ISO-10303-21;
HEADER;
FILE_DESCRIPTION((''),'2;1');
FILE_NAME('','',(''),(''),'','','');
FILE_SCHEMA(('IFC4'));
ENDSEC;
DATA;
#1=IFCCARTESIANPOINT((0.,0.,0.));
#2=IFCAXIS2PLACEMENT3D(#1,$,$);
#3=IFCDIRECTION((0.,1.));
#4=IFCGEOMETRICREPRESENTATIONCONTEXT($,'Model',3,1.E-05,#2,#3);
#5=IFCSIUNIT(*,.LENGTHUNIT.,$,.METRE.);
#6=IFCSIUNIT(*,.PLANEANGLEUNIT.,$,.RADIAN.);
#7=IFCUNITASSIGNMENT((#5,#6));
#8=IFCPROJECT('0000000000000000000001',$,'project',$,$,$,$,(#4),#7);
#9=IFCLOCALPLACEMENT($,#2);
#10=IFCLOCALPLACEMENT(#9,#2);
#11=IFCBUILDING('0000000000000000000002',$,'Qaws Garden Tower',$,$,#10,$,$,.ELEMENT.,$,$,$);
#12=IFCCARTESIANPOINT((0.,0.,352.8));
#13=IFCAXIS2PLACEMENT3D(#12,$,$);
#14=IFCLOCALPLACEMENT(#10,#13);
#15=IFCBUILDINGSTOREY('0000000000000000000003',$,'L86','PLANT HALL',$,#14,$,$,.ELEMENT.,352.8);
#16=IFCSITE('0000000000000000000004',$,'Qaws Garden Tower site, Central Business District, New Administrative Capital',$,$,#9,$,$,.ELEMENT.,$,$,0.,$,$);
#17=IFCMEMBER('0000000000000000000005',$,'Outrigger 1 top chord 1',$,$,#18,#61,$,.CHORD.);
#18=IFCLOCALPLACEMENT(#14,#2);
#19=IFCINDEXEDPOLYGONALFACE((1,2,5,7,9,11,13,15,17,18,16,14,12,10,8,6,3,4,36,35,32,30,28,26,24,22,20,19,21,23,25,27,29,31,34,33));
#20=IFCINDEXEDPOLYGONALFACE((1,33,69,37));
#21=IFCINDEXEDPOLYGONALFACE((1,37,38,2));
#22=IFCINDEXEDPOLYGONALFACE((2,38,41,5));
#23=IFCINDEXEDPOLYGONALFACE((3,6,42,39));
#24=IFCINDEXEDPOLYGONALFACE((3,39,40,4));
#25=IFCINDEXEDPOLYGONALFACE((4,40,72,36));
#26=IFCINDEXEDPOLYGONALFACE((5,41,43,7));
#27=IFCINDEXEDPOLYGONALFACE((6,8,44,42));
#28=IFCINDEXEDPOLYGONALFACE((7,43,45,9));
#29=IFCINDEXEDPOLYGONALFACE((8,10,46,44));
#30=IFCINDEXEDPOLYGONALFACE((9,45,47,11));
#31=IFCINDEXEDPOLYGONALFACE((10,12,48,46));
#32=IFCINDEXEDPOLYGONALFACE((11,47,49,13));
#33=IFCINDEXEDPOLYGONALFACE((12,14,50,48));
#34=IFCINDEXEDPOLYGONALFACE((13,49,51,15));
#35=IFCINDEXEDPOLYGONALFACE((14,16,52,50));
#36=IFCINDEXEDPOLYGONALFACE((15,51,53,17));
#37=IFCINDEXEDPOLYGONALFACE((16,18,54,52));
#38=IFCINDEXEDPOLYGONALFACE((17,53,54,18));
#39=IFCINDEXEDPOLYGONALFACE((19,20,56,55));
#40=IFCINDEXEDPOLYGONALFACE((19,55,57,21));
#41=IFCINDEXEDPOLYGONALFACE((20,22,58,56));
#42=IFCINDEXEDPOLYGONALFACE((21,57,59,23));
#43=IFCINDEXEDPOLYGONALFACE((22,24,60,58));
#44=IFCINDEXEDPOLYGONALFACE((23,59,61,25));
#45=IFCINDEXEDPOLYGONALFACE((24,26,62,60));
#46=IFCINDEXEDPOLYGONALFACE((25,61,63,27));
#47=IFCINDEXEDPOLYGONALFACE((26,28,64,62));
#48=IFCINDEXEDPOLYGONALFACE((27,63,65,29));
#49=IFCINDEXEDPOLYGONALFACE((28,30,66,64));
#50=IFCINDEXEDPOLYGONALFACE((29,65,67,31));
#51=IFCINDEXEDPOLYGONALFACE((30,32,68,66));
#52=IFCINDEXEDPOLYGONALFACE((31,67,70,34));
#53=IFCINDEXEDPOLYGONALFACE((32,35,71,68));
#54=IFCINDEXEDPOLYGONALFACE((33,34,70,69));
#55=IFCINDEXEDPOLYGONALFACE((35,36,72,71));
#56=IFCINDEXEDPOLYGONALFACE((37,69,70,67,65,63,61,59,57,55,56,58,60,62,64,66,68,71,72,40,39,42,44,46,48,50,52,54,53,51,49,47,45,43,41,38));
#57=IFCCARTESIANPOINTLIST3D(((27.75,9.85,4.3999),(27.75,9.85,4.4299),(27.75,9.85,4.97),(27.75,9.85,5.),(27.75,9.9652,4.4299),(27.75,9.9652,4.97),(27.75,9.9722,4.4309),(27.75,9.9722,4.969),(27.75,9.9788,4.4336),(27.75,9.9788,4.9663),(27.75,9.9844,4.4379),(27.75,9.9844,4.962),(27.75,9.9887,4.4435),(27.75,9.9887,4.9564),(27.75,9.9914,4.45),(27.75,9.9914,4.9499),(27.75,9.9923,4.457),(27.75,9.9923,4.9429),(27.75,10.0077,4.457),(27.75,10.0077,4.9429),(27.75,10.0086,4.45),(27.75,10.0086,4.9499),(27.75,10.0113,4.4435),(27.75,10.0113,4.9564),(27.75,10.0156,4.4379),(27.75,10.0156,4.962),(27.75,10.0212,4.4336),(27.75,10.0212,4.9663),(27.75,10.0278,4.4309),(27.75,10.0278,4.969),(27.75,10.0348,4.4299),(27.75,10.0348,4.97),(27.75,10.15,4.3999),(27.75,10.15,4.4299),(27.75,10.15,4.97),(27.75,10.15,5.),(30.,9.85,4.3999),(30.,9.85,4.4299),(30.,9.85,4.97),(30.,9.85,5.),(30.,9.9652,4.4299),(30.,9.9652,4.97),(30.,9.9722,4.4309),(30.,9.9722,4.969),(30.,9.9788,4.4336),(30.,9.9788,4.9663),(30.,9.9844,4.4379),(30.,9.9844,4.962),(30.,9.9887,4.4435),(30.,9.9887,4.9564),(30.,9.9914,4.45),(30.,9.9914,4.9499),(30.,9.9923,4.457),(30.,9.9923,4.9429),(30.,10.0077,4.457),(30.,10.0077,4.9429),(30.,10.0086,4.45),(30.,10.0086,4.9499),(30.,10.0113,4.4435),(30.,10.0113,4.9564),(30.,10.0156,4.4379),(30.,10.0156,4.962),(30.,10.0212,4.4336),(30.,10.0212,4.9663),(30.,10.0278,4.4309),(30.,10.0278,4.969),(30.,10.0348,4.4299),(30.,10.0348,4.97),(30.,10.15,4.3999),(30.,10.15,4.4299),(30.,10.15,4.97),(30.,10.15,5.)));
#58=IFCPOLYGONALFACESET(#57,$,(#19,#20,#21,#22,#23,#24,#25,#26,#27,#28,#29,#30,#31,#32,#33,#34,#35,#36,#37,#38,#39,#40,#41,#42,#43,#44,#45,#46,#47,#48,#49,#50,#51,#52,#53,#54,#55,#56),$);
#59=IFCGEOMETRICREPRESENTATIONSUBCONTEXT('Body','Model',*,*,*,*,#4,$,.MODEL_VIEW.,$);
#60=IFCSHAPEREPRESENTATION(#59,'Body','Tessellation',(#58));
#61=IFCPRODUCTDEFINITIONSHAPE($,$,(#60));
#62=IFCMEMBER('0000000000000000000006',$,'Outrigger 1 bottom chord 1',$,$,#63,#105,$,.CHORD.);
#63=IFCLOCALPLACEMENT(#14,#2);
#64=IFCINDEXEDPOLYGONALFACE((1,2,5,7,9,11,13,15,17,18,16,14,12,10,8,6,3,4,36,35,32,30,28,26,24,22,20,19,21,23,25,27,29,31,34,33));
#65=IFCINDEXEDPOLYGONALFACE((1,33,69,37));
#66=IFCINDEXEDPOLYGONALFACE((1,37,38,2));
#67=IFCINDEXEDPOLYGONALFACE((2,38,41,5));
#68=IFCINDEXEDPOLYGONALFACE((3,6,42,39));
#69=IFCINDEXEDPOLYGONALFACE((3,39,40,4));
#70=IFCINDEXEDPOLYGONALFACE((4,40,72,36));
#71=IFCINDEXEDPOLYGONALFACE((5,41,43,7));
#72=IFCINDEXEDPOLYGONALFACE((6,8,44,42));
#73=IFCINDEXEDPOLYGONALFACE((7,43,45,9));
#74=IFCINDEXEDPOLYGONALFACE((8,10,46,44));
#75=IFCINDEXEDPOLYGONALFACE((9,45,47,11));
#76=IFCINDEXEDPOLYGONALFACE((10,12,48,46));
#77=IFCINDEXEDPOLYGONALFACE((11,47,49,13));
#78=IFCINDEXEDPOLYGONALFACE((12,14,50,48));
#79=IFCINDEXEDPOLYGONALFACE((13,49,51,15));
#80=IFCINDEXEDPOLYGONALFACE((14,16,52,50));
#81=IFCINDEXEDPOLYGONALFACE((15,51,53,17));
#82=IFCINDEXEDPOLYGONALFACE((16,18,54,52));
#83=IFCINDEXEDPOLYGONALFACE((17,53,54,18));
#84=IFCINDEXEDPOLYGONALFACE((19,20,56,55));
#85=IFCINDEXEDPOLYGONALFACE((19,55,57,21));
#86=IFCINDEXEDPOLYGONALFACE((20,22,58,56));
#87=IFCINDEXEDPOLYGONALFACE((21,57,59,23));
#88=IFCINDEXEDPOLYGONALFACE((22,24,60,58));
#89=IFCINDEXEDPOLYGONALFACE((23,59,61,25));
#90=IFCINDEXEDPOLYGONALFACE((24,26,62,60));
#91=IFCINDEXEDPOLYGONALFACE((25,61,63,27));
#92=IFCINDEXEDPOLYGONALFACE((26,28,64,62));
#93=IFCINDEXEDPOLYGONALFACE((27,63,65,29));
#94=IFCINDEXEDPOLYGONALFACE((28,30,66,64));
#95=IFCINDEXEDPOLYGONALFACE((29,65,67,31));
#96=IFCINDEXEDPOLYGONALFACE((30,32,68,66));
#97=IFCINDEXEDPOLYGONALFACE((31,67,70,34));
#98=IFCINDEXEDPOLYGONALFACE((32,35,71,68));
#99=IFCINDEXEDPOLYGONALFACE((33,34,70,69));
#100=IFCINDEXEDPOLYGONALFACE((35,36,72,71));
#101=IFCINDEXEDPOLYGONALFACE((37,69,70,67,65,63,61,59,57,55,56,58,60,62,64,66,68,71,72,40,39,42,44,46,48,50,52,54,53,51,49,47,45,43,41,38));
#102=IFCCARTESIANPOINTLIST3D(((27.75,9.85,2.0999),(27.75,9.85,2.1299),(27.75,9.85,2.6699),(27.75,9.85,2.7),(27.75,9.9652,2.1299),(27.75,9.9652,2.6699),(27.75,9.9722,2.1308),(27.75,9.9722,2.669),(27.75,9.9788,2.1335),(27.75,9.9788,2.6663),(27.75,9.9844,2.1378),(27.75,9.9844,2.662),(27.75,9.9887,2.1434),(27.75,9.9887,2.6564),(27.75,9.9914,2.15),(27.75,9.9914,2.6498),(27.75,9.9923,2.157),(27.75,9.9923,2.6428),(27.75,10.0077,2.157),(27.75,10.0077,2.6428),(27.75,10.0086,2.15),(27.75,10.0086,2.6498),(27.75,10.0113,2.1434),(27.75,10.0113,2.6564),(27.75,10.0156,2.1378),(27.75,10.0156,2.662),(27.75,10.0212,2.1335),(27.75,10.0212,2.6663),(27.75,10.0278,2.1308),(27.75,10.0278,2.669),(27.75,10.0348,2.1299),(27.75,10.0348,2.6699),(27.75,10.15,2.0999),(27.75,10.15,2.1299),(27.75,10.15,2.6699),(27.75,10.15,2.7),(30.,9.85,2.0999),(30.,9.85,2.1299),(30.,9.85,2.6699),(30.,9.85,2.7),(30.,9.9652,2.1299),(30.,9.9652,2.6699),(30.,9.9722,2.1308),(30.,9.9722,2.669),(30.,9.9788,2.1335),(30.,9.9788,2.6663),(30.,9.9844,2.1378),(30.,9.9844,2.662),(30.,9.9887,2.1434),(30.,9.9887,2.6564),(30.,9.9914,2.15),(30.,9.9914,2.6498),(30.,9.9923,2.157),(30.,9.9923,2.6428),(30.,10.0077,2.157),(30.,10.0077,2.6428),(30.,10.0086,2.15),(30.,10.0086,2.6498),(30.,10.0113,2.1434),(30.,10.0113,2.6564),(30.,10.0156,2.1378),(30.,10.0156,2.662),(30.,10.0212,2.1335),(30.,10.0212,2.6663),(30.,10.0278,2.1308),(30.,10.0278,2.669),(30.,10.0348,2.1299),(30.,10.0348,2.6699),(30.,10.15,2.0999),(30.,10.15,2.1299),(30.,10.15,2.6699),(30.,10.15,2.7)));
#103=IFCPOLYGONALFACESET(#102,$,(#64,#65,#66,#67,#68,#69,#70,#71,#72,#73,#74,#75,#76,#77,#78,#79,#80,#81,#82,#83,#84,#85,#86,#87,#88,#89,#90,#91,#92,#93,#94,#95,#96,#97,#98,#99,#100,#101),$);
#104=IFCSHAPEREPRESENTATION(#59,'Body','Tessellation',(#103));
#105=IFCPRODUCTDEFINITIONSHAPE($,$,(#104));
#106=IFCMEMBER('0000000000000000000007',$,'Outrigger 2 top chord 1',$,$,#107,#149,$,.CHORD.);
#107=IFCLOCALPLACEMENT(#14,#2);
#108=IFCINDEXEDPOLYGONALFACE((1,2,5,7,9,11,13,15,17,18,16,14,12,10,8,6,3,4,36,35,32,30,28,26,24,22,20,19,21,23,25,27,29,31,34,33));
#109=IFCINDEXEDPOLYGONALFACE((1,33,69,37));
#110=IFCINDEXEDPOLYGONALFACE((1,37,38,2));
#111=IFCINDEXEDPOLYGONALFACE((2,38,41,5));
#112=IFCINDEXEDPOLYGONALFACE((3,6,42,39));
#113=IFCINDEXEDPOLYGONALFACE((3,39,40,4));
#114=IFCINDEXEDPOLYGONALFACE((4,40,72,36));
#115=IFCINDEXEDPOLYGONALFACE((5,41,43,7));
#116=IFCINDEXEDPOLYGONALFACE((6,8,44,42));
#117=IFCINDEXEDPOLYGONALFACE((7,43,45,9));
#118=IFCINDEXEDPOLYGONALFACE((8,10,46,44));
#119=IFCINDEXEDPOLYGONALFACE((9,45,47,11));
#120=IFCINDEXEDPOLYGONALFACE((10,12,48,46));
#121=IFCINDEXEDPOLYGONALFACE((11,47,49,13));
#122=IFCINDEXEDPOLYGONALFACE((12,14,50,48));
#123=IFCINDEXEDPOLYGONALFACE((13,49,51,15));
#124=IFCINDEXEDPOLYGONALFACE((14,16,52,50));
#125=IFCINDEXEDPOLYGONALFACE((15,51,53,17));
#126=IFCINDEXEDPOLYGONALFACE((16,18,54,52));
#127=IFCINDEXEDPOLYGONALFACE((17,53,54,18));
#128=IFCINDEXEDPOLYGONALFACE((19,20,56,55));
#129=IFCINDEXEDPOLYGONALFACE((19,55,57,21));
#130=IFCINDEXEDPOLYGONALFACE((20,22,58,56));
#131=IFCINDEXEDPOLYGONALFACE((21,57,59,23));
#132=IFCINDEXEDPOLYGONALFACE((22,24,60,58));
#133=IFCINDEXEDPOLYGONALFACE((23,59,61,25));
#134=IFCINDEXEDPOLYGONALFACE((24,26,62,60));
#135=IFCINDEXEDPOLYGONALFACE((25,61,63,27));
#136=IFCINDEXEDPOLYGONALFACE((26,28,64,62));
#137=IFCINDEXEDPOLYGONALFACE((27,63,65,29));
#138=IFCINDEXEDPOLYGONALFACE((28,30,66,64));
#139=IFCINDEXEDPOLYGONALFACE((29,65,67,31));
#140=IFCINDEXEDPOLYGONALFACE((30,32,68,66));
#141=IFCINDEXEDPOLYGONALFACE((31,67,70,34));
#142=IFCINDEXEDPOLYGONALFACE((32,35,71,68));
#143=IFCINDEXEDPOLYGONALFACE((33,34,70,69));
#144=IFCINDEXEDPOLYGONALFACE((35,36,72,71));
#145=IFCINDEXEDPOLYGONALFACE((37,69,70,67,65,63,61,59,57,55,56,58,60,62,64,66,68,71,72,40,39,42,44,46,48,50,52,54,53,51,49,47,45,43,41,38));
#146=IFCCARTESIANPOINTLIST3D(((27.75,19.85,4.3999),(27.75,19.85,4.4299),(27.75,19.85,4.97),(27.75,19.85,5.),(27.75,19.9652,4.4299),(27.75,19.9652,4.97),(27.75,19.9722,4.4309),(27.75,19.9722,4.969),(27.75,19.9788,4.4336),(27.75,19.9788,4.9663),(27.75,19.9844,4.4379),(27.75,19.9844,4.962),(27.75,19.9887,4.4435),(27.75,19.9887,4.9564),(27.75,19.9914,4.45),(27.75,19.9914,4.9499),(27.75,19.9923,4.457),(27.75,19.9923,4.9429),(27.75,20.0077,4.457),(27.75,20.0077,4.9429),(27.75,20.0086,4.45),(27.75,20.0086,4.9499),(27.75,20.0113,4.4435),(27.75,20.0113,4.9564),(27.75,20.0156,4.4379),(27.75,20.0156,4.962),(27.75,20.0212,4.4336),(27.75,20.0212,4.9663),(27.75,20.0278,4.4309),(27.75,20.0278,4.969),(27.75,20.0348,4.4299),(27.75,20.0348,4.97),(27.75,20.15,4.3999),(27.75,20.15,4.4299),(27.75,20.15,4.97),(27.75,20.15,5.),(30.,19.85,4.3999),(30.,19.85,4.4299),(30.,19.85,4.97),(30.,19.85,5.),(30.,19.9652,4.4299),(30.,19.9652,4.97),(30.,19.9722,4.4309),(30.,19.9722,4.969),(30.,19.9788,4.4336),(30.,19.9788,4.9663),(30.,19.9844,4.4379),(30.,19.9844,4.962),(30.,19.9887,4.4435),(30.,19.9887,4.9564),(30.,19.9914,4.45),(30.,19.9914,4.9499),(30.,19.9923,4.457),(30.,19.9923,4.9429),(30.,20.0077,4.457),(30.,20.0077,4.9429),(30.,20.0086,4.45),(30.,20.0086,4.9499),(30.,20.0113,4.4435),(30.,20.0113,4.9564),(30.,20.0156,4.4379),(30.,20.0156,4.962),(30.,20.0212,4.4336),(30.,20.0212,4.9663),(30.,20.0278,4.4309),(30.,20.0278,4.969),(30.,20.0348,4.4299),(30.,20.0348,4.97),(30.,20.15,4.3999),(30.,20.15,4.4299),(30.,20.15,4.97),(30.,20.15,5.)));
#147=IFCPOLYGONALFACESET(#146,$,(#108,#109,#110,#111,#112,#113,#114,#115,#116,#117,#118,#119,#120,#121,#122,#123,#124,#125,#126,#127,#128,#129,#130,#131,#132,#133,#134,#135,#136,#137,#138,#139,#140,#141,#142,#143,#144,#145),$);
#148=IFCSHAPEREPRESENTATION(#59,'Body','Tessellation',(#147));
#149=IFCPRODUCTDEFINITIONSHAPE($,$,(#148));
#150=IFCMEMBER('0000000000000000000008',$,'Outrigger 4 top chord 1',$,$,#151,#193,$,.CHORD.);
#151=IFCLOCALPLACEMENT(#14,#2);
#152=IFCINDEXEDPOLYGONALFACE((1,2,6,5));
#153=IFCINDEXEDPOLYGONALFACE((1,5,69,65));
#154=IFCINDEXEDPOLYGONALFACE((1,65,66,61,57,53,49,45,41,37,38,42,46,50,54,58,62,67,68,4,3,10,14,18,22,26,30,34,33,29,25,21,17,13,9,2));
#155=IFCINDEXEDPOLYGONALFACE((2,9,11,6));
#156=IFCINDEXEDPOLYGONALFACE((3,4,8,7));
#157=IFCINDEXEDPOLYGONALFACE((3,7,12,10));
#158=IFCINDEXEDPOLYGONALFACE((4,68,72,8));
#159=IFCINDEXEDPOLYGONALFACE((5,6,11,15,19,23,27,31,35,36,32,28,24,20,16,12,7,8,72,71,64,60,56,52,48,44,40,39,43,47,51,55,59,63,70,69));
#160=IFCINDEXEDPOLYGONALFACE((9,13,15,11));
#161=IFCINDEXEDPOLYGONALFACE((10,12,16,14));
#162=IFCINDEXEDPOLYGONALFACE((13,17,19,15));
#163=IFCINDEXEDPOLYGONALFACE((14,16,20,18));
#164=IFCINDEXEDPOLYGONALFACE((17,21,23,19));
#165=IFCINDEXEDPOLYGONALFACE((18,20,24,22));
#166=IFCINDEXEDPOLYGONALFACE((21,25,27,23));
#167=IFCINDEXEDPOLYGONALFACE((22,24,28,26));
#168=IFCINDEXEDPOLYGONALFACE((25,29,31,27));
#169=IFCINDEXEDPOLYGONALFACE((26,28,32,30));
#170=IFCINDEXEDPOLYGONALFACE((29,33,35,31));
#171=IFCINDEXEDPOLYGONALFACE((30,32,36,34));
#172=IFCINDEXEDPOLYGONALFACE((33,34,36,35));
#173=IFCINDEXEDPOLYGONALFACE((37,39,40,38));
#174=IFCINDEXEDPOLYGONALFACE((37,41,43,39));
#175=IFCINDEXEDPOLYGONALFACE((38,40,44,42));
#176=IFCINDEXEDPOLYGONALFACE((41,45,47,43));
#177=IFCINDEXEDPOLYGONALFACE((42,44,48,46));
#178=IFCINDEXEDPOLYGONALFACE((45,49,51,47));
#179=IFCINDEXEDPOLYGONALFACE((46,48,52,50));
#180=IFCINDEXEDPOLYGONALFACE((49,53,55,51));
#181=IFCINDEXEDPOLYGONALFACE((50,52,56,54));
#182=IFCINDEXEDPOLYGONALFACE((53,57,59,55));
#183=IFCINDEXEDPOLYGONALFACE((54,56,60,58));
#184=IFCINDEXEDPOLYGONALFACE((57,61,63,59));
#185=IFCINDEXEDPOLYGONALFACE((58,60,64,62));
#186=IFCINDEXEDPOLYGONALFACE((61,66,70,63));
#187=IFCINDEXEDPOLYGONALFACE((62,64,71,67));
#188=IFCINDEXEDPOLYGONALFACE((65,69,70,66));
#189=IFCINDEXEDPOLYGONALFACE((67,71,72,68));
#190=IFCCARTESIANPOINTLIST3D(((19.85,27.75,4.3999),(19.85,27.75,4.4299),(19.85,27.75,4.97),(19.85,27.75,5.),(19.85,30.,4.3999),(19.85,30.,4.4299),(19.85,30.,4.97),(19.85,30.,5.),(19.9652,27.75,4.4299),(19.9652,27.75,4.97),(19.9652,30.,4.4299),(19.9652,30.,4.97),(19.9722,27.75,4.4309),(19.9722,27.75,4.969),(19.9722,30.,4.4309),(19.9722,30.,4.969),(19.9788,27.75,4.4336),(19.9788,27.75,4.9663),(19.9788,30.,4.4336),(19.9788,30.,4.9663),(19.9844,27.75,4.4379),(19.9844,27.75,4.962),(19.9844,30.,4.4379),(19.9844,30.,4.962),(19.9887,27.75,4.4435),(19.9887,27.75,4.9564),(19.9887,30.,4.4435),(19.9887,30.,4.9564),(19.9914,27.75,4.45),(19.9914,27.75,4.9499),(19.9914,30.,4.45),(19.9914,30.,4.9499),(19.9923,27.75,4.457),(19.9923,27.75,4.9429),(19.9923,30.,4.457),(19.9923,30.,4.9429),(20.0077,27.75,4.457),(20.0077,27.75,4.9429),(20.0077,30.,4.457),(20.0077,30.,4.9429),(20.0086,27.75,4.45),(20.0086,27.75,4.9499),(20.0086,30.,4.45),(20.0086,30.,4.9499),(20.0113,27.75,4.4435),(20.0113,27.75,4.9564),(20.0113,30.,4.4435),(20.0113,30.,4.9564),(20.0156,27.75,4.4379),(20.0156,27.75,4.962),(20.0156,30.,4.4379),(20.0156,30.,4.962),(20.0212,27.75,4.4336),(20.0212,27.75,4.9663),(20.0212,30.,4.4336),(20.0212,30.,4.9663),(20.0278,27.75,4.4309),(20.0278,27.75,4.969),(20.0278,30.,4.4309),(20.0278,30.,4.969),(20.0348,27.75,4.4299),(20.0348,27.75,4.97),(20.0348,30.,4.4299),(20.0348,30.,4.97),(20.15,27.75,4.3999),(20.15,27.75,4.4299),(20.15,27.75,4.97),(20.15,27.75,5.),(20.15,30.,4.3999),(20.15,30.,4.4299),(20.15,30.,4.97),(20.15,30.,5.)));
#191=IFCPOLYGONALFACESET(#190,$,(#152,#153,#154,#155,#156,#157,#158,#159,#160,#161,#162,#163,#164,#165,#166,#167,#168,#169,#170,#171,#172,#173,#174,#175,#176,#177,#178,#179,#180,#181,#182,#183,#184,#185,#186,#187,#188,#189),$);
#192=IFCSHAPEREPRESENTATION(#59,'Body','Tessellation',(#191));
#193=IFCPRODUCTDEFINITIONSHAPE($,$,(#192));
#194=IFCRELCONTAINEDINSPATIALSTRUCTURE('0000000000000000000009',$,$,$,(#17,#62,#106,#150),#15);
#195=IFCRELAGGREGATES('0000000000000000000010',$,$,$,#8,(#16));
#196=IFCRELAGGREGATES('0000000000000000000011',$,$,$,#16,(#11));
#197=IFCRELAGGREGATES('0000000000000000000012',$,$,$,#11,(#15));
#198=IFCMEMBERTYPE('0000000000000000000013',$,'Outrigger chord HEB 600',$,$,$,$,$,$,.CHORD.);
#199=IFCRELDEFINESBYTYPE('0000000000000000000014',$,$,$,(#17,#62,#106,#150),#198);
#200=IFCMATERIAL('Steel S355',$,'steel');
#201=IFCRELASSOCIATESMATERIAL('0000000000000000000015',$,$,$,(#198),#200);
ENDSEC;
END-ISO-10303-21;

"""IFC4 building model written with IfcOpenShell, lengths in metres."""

from ifc_helpers import new_model, si_unit, direction, frame, origin, origin_2d, place, context, subcontext, project, spatial, i_section, extrude, material, material_profile, profile_set, type_object, element, save


model = new_model("IFC4")

# Units and contexts
model_context = context("Model", 3, precision=1e-05, world=origin(), true_north=direction((0.0, 1.0)))
body_context = subcontext(model_context, "Body", "Model", "MODEL_VIEW")
ifc_project = project(units=[si_unit("LENGTHUNIT", "METRE"), si_unit("PLANEANGLEUNIT", "RADIAN")], contexts=[model_context])

# Site, building, storey
site_placement = place(None, origin())
site = spatial("IfcSite", under=ifc_project, at=site_placement, Name="Qaws Garden Tower site, Central Business District, New Administrative Capital", CompositionType="ELEMENT", RefElevation=0.0)
building_placement = place(site_placement, origin())
building = spatial("IfcBuilding", under=site, at=building_placement, Name="Qaws Garden Tower", CompositionType="ELEMENT")
storey_placement = place(building_placement, frame((0.0, 0.0, 352.8)))
storey = spatial("IfcBuildingStorey", under=building, at=storey_placement, Name="L86", Description="PLANT HALL", CompositionType="ELEMENT", Elevation=352.8)

# Members
ifc_material_1 = material(Name="Steel S355", Category="steel")
ifc_material_profile = material_profile(ifc_material_1, i_section(OverallWidth=0.3, OverallDepth=0.6001, WebThickness=0.0154, FlangeThickness=0.03, FilletRadius=0.0271, at=origin_2d()), Name="HEB 600")
ifc_profile_set = profile_set([ifc_material_profile], Name="Steel S355")
member_type = type_object("IfcMemberType", Name="Outrigger chord HEB 600", PredefinedType="CHORD", material=ifc_profile_set)
for number, where, z_axis, x_axis, name in (
    (1, (27.75, 10.0, 4.7), (1.0, 0.0, 0.0), (0.0, 1.0, 0.0), "Outrigger 1 top chord 1"),
    (2, (27.75, 10.0, 2.3999), (1.0, 0.0, 0.0), (0.0, 1.0, 0.0), "Outrigger 1 bottom chord 1"),
    (3, (27.75, 20.0, 4.7), (1.0, 0.0, 0.0), (0.0, 1.0, 0.0), "Outrigger 2 top chord 1"),
    (4, (20.0, 27.75, 4.7), (0.0, 1.0, 0.0), (-1.0, 0.0, 0.0), "Outrigger 4 top chord 1"),
):
    element("IfcMember", number, at=place(storey_placement, frame(where, z_axis=z_axis, x_axis=x_axis)), inside=storey, type_object=member_type, Name=name, PredefinedType="CHORD", context=body_context, shape_type="SweptSolid", body=[
        extrude(i_section(OverallWidth=0.3, OverallDepth=0.6001, WebThickness=0.0154, FlangeThickness=0.03, FilletRadius=0.0271, at=origin_2d()), origin(), (0.0, 0.0, 1.0), 2.25),
    ])

save(model, "model.ifc")
